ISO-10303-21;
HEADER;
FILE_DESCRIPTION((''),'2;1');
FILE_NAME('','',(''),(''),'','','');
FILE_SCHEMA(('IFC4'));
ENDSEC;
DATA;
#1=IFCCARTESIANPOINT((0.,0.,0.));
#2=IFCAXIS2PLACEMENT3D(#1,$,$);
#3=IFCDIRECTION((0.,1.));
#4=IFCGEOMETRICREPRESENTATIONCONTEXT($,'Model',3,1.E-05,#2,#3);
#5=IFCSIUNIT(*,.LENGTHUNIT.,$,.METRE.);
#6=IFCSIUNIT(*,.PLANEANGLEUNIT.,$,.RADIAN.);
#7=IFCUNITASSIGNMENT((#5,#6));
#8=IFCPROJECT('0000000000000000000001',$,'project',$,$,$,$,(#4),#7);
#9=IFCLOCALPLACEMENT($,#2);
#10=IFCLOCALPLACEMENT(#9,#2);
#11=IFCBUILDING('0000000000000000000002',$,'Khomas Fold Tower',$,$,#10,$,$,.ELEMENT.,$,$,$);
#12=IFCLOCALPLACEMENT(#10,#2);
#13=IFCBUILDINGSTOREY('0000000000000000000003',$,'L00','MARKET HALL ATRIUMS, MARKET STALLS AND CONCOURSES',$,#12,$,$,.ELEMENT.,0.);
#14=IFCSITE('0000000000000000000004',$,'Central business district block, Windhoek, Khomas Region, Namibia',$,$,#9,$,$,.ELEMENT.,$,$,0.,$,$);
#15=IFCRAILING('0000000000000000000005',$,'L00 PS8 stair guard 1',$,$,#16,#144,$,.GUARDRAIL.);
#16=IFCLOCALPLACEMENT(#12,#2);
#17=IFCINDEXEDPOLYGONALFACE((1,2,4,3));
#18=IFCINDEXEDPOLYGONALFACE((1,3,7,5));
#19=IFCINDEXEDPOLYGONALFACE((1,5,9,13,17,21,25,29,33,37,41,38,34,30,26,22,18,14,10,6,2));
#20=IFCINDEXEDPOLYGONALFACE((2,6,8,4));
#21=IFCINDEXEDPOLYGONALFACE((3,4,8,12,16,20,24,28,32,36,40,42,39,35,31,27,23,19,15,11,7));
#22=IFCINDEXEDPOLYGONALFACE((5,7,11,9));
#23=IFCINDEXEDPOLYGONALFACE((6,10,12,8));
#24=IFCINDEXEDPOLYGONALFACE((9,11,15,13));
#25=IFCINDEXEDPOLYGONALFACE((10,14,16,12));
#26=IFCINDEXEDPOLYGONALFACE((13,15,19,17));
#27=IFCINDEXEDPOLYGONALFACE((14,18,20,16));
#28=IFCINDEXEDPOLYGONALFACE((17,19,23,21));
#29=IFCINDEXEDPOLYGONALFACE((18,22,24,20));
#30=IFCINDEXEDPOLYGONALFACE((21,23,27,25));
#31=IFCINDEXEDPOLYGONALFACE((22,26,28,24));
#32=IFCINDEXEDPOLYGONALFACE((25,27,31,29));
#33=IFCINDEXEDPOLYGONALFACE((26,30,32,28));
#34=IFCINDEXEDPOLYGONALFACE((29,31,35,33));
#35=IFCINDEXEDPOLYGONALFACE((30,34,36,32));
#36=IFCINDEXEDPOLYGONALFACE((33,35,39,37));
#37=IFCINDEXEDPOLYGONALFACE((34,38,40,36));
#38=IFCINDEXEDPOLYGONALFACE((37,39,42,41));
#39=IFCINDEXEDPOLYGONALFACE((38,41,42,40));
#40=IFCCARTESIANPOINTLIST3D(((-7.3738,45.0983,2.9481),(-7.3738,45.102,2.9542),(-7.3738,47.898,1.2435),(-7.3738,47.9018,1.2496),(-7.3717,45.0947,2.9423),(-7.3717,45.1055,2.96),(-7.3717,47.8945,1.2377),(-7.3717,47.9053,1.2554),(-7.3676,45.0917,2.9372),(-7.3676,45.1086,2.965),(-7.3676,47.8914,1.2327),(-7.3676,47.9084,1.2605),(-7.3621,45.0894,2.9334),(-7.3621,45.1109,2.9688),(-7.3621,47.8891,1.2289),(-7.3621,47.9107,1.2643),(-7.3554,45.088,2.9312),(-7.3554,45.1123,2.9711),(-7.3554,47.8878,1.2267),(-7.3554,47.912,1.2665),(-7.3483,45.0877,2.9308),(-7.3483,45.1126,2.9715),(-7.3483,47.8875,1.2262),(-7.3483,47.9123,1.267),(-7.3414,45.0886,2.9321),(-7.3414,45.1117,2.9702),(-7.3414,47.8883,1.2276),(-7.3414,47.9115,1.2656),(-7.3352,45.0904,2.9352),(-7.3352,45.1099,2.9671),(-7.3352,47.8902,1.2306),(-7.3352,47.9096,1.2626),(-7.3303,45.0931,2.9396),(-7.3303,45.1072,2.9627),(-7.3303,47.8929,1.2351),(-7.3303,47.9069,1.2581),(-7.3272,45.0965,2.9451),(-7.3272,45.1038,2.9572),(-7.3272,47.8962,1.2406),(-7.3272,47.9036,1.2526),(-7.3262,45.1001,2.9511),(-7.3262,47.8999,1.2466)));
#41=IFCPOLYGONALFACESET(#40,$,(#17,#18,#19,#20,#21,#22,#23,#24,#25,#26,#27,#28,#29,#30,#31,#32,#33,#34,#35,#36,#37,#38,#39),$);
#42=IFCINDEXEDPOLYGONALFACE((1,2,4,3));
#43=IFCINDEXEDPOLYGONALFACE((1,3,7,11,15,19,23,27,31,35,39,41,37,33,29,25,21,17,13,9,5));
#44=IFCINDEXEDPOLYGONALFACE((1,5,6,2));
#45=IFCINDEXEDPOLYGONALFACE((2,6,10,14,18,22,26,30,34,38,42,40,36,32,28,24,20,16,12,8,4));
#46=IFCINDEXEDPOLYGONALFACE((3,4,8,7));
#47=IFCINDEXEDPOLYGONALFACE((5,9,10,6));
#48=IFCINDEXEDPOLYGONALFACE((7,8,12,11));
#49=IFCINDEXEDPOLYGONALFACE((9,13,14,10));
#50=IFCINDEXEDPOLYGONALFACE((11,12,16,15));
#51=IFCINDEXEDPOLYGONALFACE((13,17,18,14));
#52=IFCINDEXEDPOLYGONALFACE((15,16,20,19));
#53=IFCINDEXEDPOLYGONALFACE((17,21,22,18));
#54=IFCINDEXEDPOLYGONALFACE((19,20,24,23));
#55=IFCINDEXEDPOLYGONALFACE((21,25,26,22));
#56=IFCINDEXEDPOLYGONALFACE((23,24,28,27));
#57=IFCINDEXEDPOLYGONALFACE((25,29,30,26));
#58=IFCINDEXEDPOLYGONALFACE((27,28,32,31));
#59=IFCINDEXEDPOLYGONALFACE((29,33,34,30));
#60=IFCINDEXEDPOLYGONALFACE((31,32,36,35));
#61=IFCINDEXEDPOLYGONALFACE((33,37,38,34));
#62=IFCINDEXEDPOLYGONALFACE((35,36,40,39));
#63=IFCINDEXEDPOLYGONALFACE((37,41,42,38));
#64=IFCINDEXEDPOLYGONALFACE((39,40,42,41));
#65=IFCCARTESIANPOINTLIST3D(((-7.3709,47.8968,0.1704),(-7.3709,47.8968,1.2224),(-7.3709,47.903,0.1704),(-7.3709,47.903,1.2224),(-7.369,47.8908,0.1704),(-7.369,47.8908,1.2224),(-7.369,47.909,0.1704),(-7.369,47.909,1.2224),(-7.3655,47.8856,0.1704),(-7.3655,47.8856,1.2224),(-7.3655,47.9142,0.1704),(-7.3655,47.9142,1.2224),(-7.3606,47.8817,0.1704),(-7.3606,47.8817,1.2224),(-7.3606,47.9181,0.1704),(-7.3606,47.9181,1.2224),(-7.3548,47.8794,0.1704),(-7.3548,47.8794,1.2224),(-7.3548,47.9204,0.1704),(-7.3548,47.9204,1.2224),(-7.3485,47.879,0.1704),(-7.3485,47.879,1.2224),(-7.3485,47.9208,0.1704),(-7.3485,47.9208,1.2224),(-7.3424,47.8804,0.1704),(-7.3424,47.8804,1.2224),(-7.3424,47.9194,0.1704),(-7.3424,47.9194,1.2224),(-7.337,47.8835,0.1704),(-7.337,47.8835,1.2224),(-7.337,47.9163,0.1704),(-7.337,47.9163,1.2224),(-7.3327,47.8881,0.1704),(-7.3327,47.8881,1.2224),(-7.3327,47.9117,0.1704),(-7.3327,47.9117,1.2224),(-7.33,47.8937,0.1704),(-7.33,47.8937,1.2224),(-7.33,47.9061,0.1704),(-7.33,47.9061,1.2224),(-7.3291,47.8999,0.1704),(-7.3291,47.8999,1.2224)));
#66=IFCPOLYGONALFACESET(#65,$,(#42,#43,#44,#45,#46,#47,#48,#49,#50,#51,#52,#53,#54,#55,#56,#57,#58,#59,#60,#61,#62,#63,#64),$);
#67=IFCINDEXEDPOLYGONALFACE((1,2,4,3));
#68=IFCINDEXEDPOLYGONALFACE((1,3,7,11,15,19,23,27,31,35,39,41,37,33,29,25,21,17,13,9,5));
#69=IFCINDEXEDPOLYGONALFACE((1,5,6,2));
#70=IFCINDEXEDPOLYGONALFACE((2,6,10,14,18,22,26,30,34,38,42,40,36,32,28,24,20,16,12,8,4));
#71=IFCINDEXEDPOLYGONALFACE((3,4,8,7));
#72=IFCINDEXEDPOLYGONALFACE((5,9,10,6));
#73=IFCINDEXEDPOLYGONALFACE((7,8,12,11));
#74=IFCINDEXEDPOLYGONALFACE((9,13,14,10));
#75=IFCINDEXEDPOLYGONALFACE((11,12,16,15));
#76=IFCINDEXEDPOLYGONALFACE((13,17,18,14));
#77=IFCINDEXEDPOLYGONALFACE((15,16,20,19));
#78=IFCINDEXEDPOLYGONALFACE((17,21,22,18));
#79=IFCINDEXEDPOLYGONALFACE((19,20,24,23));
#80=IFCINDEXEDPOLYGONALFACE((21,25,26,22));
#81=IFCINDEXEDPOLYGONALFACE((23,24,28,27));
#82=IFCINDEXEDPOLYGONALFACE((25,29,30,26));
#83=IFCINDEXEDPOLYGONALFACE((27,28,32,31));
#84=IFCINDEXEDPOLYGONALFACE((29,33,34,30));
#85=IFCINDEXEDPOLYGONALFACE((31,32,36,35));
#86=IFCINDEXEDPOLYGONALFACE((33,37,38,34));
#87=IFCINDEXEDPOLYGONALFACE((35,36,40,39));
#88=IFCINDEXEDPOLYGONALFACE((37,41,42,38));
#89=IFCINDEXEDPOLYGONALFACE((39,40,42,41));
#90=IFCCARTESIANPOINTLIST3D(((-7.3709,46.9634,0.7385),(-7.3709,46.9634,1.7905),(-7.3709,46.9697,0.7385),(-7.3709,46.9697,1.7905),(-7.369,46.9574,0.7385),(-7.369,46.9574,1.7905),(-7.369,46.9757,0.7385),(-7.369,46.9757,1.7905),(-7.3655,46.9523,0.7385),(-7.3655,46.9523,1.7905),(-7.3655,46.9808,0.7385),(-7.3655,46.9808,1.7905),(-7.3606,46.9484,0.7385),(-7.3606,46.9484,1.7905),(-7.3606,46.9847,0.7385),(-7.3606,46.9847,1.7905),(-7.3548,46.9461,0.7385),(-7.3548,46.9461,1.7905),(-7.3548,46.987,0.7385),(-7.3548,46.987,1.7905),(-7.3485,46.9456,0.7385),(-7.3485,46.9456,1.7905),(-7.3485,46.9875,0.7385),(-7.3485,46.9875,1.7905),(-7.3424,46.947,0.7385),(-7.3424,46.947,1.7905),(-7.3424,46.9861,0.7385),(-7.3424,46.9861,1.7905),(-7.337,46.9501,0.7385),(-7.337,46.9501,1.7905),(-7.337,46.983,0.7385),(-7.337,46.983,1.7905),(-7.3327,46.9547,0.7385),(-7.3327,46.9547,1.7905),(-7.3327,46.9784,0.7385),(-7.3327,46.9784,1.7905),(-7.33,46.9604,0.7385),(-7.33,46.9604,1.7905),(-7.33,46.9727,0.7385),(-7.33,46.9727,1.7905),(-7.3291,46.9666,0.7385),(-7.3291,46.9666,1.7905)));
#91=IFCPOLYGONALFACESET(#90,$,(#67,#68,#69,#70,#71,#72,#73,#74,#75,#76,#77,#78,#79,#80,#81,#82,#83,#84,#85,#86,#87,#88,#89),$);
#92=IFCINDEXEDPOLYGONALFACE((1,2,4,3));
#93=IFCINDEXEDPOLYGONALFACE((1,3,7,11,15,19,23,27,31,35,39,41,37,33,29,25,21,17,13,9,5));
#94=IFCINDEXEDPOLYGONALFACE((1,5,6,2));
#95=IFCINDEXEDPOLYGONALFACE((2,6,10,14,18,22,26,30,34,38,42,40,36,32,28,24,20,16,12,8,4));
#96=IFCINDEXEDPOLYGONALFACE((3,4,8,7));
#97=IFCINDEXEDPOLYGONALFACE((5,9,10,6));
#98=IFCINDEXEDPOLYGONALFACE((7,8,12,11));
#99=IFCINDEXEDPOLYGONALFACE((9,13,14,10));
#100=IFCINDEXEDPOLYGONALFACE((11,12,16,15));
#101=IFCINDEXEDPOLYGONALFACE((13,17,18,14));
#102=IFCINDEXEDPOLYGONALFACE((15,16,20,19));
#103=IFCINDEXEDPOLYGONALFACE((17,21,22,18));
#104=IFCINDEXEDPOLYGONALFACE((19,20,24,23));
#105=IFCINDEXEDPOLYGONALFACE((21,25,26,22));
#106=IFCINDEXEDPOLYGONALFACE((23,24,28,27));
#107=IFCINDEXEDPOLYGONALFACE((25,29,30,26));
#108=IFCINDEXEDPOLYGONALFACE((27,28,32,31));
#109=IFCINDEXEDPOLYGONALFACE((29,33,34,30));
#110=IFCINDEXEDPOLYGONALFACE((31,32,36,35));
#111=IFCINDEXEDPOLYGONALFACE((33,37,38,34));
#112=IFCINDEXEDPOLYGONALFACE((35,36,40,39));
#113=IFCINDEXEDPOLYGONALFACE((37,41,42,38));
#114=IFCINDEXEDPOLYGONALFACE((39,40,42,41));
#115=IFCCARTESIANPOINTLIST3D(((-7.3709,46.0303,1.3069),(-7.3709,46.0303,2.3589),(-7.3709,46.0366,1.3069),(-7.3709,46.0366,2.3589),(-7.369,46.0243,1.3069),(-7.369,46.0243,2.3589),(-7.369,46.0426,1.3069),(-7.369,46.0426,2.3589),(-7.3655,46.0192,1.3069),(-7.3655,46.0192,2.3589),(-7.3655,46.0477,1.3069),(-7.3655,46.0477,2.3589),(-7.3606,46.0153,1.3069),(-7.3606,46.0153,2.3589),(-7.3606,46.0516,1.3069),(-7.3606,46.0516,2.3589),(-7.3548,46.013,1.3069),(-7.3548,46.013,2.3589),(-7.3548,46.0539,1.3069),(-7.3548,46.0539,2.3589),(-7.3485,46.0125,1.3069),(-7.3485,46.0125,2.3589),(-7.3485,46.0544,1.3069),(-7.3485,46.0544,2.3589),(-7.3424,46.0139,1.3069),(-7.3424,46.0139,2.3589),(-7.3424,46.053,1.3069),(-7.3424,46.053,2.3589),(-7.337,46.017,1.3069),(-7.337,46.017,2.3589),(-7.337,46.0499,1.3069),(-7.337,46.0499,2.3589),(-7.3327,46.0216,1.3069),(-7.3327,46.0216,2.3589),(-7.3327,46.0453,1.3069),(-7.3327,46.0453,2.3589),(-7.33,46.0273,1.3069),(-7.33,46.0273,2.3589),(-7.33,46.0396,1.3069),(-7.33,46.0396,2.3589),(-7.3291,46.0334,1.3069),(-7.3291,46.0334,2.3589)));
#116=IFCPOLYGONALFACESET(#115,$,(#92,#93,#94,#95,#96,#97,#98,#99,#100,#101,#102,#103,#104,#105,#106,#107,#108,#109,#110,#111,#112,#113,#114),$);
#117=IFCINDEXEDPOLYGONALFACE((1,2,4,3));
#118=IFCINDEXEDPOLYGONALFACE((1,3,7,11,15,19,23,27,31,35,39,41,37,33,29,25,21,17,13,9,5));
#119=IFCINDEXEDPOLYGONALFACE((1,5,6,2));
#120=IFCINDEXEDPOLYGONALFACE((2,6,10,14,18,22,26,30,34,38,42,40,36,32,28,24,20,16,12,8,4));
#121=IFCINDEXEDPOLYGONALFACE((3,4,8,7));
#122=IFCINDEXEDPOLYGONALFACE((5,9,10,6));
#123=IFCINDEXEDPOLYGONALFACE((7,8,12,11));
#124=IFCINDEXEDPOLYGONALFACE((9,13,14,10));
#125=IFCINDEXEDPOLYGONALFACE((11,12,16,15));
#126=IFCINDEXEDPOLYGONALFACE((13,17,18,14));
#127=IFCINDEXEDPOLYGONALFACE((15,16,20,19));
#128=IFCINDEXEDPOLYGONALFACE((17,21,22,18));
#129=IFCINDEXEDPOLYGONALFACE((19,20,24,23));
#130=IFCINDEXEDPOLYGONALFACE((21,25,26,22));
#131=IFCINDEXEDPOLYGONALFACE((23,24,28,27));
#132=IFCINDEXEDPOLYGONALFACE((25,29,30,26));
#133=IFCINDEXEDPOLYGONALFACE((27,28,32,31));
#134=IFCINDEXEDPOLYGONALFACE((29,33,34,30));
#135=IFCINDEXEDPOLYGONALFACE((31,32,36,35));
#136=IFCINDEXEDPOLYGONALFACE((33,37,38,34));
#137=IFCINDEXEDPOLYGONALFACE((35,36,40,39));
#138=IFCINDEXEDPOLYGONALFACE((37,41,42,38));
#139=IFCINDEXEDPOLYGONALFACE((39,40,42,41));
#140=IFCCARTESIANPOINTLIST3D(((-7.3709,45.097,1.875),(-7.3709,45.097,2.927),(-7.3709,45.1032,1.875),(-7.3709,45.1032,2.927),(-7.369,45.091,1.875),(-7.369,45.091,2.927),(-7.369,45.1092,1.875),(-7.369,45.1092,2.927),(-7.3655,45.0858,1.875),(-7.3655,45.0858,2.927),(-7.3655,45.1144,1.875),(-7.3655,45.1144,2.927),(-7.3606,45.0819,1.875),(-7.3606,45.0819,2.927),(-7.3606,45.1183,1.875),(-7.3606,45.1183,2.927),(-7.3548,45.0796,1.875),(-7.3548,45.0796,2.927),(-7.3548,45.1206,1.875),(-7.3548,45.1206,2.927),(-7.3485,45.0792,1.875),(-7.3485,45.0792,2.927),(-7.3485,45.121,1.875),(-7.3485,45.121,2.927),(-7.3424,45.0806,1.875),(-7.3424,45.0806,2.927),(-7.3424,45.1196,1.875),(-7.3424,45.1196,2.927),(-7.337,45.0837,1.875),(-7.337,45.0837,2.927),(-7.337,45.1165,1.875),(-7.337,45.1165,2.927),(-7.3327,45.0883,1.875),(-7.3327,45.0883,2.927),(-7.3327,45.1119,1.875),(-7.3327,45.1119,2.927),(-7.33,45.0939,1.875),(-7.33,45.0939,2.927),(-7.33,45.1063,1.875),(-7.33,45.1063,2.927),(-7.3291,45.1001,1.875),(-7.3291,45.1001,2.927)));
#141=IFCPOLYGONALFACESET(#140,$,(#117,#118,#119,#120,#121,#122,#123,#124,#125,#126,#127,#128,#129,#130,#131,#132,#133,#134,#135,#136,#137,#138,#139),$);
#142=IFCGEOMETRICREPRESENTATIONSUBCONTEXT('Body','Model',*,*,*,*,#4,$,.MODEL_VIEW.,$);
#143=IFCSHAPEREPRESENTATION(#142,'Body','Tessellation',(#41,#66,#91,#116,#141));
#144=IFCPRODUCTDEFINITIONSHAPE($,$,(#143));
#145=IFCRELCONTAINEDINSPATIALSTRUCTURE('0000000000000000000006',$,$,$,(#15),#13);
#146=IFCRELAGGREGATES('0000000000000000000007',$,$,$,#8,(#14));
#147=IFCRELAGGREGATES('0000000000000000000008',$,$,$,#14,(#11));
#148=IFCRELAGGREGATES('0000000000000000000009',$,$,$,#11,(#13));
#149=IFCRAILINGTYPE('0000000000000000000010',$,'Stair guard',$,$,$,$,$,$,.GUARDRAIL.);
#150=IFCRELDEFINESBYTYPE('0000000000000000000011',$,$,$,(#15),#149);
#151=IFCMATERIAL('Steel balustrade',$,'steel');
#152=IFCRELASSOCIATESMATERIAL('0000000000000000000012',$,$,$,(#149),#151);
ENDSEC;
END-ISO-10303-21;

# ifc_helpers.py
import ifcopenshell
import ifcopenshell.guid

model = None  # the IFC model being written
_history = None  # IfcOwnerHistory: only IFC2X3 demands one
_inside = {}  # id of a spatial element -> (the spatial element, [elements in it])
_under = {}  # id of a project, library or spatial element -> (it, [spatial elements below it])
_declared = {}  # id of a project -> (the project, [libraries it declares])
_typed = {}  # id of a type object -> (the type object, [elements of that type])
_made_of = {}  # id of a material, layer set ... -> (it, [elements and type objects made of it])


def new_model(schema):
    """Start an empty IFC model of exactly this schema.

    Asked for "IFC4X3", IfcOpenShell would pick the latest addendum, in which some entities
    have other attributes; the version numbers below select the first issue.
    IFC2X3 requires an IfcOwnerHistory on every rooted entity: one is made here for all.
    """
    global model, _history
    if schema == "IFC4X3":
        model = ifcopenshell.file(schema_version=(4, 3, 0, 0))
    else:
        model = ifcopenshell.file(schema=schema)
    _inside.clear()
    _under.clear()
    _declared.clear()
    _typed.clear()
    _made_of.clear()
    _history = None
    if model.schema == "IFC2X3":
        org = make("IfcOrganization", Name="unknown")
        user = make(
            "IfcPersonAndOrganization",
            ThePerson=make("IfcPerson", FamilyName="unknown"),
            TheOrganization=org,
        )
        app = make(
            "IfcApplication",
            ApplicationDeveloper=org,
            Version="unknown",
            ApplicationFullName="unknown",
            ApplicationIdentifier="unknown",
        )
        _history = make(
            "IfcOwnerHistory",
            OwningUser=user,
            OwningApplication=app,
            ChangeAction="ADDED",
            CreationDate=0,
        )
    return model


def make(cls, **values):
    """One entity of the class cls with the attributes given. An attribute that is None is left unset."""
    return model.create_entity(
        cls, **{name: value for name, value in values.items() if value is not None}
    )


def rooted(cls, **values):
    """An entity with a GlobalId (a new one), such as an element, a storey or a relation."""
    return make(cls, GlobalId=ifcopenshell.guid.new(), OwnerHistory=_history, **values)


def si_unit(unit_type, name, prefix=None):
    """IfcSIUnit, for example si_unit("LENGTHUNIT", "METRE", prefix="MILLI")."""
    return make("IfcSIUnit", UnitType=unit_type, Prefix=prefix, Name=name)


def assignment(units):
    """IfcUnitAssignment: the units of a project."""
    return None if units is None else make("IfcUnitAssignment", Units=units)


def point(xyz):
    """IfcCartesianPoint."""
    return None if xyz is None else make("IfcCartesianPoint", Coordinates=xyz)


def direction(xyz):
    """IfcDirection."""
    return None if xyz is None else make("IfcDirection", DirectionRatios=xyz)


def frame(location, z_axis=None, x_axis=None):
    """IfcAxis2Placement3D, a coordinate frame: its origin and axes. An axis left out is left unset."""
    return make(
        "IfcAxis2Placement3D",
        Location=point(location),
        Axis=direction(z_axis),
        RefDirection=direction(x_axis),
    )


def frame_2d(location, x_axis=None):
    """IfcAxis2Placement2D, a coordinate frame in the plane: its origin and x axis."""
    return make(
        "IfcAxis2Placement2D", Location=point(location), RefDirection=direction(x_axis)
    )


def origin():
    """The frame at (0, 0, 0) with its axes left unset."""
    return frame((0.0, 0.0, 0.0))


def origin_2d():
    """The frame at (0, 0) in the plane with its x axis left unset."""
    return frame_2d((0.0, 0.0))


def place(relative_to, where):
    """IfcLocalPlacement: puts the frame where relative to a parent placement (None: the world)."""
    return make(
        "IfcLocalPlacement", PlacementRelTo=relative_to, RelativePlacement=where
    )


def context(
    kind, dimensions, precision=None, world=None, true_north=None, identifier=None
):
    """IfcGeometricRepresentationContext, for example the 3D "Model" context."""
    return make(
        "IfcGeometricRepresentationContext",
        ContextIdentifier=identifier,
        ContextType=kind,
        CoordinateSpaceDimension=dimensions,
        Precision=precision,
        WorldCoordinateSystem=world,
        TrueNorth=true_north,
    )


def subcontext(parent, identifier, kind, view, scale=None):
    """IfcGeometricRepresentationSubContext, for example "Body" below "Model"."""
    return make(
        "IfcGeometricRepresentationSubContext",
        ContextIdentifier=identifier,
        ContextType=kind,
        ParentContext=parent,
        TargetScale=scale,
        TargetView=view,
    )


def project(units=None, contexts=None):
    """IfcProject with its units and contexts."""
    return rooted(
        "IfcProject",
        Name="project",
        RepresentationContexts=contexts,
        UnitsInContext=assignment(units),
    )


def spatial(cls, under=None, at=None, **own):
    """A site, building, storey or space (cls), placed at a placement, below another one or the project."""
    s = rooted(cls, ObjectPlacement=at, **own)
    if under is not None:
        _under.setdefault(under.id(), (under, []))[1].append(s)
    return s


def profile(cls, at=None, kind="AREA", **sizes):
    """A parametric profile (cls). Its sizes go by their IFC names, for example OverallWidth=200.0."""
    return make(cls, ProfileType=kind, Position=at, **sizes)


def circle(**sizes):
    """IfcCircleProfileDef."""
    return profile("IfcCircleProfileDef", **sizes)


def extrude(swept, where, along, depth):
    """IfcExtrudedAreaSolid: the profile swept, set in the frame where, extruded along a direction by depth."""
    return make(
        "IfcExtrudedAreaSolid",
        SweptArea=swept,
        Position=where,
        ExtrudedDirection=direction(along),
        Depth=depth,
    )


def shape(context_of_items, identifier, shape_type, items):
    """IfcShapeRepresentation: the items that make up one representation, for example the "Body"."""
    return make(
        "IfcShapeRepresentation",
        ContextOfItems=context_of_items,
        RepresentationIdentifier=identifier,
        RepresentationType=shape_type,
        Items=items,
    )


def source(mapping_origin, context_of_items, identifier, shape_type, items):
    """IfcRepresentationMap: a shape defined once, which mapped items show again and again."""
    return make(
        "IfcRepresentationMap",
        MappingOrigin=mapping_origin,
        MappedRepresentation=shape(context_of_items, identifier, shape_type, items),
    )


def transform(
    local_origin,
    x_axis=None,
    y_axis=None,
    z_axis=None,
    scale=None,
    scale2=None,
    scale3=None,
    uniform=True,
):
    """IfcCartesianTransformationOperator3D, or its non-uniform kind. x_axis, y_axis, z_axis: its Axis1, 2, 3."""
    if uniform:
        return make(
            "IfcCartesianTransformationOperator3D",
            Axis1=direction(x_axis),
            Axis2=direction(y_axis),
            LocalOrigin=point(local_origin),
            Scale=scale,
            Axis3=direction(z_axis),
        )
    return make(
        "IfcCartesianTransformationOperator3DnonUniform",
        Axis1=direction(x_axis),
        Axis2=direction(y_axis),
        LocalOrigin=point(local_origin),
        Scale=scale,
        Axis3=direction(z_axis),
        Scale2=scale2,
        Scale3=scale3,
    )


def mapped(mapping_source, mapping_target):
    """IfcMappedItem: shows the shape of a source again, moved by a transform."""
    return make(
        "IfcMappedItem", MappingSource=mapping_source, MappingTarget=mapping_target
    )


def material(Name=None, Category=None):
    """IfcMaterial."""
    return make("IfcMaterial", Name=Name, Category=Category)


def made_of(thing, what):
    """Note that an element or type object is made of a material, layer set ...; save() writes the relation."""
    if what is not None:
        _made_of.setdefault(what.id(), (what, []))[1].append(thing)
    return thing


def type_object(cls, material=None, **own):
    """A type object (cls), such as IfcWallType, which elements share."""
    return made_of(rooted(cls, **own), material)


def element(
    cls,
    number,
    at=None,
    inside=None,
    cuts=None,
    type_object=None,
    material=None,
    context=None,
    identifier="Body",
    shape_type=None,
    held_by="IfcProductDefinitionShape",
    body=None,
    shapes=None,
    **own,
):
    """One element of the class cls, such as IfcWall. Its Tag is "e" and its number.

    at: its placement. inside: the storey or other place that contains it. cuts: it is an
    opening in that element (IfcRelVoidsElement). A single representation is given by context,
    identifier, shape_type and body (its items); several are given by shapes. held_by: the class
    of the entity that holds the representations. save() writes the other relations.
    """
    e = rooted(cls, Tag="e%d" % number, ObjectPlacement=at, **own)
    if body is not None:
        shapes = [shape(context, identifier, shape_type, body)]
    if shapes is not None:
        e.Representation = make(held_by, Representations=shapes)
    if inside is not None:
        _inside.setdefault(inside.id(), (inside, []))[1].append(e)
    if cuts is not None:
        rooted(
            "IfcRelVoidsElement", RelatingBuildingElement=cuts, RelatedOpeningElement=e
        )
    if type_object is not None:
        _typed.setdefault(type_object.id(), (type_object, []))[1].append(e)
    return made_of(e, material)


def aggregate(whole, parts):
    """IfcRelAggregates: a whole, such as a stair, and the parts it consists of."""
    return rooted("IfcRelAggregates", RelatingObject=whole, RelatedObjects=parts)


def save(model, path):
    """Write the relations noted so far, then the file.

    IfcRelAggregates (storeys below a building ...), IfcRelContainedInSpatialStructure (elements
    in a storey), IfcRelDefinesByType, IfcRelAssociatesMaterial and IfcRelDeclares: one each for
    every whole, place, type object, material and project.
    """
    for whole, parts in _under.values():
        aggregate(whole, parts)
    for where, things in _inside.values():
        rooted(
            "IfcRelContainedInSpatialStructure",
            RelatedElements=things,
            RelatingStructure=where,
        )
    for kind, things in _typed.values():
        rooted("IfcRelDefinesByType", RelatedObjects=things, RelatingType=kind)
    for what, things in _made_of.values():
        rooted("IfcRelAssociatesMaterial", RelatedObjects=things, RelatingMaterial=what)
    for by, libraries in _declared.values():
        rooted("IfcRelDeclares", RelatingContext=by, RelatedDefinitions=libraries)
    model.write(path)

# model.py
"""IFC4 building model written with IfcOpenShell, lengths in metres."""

from ifc_helpers import new_model, si_unit, direction, frame, origin, origin_2d, place, context, subcontext, project, spatial, circle, extrude, source, transform, mapped, material, type_object, element, save


model = new_model("IFC4")

# Units and contexts
model_context = context("Model", 3, precision=1e-05, world=origin(), true_north=direction((0.0, 1.0)))
body_context = subcontext(model_context, "Body", "Model", "MODEL_VIEW")
ifc_project = project(units=[si_unit("LENGTHUNIT", "METRE"), si_unit("PLANEANGLEUNIT", "RADIAN")], contexts=[model_context])

# Site, building, storey
site_placement = place(None, origin())
site = spatial("IfcSite", under=ifc_project, at=site_placement, Name="Central business district block, Windhoek, Khomas Region, Namibia", CompositionType="ELEMENT", RefElevation=0.0)
building_placement = place(site_placement, origin())
building = spatial("IfcBuilding", under=site, at=building_placement, Name="Khomas Fold Tower", CompositionType="ELEMENT")
storey_placement = place(building_placement, origin())
storey = spatial("IfcBuildingStorey", under=building, at=storey_placement, Name="L00", Description="MARKET HALL ATRIUMS, MARKET STALLS AND CONCOURSES", CompositionType="ELEMENT", Elevation=0.0)

# Railing
ifc_material_1 = material(Name="Steel balustrade", Category="steel")
railing_type_1 = type_object("IfcRailingType", Name="Stair guard", PredefinedType="GUARDRAIL", material=ifc_material_1)
shared_shape_1 = source(origin(), body_context, "Body", "SweptSolid", [
    extrude(circle(Radius=0.0239, at=origin_2d()), frame((0.0, 0.0, 1.0762), z_axis=(0.0, -0.85415, 0.520027), x_axis=(1.0, 0.0, 0.0)), (0.0, 0.0, 1.0), 3.2778),
    extrude(circle(Radius=0.021, at=origin_2d()), origin(), (0.0, 0.0, 1.0), 1.052),
    extrude(circle(Radius=0.021, at=origin_2d()), frame((0.0, -0.9333, 0.5681)), (0.0, 0.0, 1.0), 1.052),
    extrude(circle(Radius=0.021, at=origin_2d()), frame((0.0, -1.8665, 1.1365)), (0.0, 0.0, 1.0), 1.052),
    extrude(circle(Radius=0.021, at=origin_2d()), frame((0.0, -2.7998, 1.7046)), (0.0, 0.0, 1.0), 1.052),
])
for number, where, name in (
    (1, (-7.3501, 47.8999, 0.1704), "L00 PS8 stair guard 1"),
):
    element("IfcRailing", number, at=place(storey_placement, frame(where)), inside=storey, type_object=railing_type_1, Name=name, PredefinedType="GUARDRAIL", context=body_context, shape_type="MappedRepresentation", body=[
        mapped(shared_shape_1, transform((0.0, 0.0, 0.0))),
    ])

save(model, "model.ifc")
